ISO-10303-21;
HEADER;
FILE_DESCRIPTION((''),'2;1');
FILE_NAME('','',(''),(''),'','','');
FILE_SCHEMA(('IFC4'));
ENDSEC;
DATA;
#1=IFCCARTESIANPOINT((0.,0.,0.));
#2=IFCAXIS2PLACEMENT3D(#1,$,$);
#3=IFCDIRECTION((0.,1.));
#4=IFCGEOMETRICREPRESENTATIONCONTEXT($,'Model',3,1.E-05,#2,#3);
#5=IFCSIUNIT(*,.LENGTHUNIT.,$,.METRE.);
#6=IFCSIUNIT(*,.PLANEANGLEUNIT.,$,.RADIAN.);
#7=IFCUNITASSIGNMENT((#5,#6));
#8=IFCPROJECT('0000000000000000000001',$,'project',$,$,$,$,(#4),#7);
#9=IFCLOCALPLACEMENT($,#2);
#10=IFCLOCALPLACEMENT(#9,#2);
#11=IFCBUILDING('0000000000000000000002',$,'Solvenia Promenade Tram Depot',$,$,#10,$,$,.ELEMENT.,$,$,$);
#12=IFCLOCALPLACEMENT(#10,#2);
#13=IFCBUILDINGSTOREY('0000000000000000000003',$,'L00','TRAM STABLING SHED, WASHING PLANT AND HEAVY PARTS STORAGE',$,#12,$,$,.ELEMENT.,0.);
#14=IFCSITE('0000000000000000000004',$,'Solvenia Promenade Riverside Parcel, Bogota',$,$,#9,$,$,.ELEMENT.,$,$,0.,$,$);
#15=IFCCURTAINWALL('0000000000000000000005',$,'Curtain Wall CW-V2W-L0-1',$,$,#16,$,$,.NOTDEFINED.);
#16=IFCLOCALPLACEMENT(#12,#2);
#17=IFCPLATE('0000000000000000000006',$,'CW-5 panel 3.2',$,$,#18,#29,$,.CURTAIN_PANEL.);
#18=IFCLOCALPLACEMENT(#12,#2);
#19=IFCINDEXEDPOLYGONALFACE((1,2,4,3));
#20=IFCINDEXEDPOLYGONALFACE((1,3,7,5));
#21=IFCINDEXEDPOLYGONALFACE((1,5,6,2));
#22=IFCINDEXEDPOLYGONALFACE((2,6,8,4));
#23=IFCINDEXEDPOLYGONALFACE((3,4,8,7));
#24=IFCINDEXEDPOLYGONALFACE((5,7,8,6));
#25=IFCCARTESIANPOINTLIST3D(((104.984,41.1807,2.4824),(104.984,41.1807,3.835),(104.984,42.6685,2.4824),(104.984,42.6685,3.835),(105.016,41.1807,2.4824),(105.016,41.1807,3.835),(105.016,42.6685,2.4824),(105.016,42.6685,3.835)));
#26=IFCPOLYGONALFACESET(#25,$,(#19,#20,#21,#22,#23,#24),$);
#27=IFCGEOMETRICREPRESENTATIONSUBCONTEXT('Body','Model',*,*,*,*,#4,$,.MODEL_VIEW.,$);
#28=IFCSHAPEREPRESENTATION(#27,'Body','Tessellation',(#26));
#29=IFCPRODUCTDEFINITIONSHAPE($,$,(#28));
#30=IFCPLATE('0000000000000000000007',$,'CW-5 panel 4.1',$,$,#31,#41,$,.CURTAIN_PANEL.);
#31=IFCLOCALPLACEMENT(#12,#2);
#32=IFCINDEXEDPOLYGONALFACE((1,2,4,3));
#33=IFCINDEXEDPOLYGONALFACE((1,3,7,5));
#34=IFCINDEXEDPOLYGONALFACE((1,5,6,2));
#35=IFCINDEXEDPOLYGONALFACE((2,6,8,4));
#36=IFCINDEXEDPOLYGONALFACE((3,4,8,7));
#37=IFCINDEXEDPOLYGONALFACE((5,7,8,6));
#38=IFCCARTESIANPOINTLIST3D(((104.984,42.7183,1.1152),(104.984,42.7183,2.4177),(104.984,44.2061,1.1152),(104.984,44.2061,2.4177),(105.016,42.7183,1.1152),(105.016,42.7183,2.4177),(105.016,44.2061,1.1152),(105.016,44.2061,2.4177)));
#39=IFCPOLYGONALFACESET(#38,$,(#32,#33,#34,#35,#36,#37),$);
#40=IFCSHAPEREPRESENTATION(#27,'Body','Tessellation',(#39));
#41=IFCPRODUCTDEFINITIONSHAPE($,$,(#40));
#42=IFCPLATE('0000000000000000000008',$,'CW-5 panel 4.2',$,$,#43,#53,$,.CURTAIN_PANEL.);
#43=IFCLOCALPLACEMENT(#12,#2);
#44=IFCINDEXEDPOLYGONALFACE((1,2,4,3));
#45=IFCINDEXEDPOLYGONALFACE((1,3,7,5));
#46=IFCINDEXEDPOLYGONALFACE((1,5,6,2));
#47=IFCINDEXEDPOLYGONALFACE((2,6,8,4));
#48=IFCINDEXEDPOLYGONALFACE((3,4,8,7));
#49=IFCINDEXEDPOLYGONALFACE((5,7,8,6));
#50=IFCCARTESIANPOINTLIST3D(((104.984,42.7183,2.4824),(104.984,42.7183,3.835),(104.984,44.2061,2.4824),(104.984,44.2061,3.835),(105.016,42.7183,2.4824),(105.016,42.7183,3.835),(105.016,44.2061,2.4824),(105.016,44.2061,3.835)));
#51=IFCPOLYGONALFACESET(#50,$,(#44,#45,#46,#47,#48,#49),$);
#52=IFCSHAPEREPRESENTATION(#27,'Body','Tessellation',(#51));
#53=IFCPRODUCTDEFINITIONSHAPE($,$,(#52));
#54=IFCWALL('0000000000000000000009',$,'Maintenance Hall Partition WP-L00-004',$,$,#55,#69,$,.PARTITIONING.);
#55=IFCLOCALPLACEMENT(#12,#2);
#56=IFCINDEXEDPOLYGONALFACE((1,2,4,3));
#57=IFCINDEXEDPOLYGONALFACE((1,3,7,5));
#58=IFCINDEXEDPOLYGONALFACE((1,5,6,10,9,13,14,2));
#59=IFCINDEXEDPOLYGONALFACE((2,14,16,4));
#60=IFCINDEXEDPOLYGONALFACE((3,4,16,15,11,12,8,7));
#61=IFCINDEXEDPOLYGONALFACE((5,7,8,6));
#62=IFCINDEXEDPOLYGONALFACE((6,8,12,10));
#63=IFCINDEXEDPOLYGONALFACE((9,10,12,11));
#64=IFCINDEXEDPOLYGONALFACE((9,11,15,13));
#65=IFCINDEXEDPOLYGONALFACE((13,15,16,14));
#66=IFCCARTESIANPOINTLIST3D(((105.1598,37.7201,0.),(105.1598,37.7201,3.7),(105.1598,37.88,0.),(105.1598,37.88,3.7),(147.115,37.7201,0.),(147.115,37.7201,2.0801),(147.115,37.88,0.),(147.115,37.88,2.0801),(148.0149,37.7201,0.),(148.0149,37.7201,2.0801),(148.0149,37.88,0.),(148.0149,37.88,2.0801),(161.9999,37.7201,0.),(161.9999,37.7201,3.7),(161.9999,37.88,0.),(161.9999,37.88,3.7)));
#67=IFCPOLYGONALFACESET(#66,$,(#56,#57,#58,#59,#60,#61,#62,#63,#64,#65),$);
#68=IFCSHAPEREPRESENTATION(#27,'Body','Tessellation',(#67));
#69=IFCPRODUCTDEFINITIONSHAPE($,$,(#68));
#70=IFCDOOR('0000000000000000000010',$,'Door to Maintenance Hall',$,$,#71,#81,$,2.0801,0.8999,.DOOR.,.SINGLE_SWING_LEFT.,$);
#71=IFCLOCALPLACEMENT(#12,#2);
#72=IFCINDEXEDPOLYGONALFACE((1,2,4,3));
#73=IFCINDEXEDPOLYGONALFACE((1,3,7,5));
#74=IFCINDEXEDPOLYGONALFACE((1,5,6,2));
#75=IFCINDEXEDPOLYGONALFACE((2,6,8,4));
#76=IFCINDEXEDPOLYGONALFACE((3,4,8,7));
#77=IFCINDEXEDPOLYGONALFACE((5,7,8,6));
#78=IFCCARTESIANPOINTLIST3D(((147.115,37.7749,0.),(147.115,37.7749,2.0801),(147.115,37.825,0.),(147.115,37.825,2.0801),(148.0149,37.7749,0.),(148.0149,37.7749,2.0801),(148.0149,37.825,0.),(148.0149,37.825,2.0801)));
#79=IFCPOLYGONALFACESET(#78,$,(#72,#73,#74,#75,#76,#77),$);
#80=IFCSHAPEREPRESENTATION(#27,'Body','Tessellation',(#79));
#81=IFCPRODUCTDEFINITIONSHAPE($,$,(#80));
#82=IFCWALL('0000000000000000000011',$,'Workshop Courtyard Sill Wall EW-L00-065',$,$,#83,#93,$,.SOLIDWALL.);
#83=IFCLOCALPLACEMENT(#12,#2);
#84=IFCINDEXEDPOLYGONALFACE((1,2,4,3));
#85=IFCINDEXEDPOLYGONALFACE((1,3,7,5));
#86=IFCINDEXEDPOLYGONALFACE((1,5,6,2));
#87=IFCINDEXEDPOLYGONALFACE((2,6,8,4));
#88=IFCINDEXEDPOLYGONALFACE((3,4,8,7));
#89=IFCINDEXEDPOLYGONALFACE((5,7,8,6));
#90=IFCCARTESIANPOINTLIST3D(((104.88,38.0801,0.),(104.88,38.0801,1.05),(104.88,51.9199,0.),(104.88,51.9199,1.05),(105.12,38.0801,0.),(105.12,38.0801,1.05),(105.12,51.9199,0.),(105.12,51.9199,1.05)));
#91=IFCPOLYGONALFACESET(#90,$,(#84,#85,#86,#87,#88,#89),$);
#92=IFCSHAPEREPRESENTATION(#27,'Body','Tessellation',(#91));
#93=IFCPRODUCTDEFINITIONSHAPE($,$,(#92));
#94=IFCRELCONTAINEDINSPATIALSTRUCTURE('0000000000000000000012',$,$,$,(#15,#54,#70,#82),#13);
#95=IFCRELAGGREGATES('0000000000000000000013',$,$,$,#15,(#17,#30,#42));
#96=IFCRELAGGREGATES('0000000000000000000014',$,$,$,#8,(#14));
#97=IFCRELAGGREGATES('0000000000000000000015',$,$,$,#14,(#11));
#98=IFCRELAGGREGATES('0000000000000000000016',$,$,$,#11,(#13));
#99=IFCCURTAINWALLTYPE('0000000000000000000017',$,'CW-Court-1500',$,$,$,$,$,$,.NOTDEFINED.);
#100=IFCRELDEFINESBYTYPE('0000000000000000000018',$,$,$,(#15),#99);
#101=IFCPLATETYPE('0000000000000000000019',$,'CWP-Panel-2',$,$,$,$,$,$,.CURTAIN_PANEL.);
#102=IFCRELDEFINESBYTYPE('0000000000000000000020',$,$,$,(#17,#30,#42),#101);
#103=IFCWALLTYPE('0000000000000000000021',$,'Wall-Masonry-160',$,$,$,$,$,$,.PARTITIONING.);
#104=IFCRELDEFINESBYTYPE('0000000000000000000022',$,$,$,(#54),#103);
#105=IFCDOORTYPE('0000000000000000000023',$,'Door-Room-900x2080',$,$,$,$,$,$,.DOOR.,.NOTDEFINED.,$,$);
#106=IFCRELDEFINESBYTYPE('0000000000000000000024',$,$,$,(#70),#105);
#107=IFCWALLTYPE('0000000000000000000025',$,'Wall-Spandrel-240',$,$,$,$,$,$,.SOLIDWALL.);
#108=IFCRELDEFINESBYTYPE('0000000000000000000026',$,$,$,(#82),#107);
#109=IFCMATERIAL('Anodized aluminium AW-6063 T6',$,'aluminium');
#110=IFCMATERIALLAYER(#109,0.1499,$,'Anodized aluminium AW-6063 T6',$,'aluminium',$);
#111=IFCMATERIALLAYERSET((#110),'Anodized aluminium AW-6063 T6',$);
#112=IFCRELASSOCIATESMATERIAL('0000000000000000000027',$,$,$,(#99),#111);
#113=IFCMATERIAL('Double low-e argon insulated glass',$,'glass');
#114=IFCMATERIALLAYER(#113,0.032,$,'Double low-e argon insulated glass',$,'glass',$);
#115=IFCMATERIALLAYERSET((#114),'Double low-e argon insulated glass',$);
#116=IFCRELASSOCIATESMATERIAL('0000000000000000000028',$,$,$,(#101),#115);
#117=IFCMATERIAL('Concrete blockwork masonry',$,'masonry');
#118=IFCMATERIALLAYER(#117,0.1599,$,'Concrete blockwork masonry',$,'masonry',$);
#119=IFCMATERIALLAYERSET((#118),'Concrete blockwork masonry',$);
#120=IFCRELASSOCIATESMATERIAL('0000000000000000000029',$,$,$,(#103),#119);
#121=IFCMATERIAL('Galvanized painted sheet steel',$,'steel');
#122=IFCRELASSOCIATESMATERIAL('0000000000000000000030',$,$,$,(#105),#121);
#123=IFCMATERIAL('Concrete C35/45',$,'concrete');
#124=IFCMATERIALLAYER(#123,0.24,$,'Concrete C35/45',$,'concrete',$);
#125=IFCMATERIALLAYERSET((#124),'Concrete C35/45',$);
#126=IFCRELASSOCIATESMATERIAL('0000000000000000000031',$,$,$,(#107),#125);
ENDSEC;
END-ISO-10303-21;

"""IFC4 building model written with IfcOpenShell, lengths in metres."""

from ifc_helpers import new_model, si_unit, direction, frame, frame_2d, origin, origin_2d, place, context, subcontext, project, spatial, rectangle, extrude, material, layer, layer_set, type_object, element, fill, aggregate, save


model = new_model("IFC4")

# Units and contexts
model_context = context("Model", 3, precision=1e-05, world=origin(), true_north=direction((0.0, 1.0)))
body_context = subcontext(model_context, "Body", "Model", "MODEL_VIEW")
ifc_project = project(units=[si_unit("LENGTHUNIT", "METRE"), si_unit("PLANEANGLEUNIT", "RADIAN")], contexts=[model_context])

# Site, building, storey
site_placement = place(None, origin())
site = spatial("IfcSite", under=ifc_project, at=site_placement, Name="Solvenia Promenade Riverside Parcel, Bogota", CompositionType="ELEMENT", RefElevation=0.0)
building_placement = place(site_placement, origin())
building = spatial("IfcBuilding", under=site, at=building_placement, Name="Solvenia Promenade Tram Depot", CompositionType="ELEMENT")
storey_placement = place(building_placement, origin())
storey = spatial("IfcBuildingStorey", under=building, at=storey_placement, Name="L00", Description="TRAM STABLING SHED, WASHING PLANT AND HEAVY PARTS STORAGE", CompositionType="ELEMENT", Elevation=0.0)

# Curtain wall, plates
ifc_material_1 = material(Name="Anodized aluminium AW-6063 T6", Category="aluminium")
ifc_layer_1 = layer(ifc_material_1, 0.1499, Name="Anodized aluminium AW-6063 T6", Category="aluminium")
ifc_layer_set_1 = layer_set([ifc_layer_1], Name="Anodized aluminium AW-6063 T6")
curtain_wall_type = type_object("IfcCurtainWallType", Name="CW-Court-1500", PredefinedType="NOTDEFINED", material=ifc_layer_set_1)
curtain_wall_placement = place(storey_placement, origin())
curtain_wall = element("IfcCurtainWall", 1, at=curtain_wall_placement, inside=storey, type_object=curtain_wall_type, Name="Curtain Wall CW-V2W-L0-1", PredefinedType="NOTDEFINED")
ifc_material_2 = material(Name="Double low-e argon insulated glass", Category="glass")
ifc_layer_2 = layer(ifc_material_2, 0.032, Name="Double low-e argon insulated glass", Category="glass")
ifc_layer_set_2 = layer_set([ifc_layer_2], Name="Double low-e argon insulated glass")
plate_type = type_object("IfcPlateType", Name="CWP-Panel-2", PredefinedType="CURTAIN_PANEL", material=ifc_layer_set_2)
plate_1_placement = place(storey_placement, frame((105.0, 41.9246, 2.4824), z_axis=(0.0, 0.0, 1.0), x_axis=(0.0, 1.0, 0.0)))
plate_1 = element("IfcPlate", 2, at=plate_1_placement, type_object=plate_type, Name="CW-5 panel 3.2", PredefinedType="CURTAIN_PANEL", context=body_context, shape_type="SweptSolid", body=[
    extrude(rectangle(XDim=1.4878, YDim=0.032, at=origin_2d()), origin(), (0.0, 0.0, 1.0), 1.3525),
])
plate_2_placement = place(storey_placement, frame((105.0, 43.4622, 1.1152), z_axis=(0.0, 0.0, 1.0), x_axis=(0.0, 1.0, 0.0)))
plate_2 = element("IfcPlate", 3, at=plate_2_placement, type_object=plate_type, Name="CW-5 panel 4.1", PredefinedType="CURTAIN_PANEL", context=body_context, shape_type="SweptSolid", body=[
    extrude(rectangle(XDim=1.4878, YDim=0.032, at=origin_2d()), origin(), (0.0, 0.0, 1.0), 1.3025),
])
plate_3_placement = place(storey_placement, frame((105.0, 43.4622, 2.4824), z_axis=(0.0, 0.0, 1.0), x_axis=(0.0, 1.0, 0.0)))
plate_3 = element("IfcPlate", 4, at=plate_3_placement, type_object=plate_type, Name="CW-5 panel 4.2", PredefinedType="CURTAIN_PANEL", context=body_context, shape_type="SweptSolid", body=[
    extrude(rectangle(XDim=1.4878, YDim=0.032, at=origin_2d()), origin(), (0.0, 0.0, 1.0), 1.3525),
])
aggregate(curtain_wall, [plate_1, plate_2, plate_3])

# Wall, opening, door
ifc_material_3 = material(Name="Concrete blockwork masonry", Category="masonry")
ifc_layer_3 = layer(ifc_material_3, 0.1599, Name="Concrete blockwork masonry", Category="masonry")
ifc_layer_set_3 = layer_set([ifc_layer_3], Name="Concrete blockwork masonry")
wall_type_1 = type_object("IfcWallType", Name="Wall-Masonry-160", PredefinedType="PARTITIONING", material=ifc_layer_set_3)
wall_1_placement = place(storey_placement, frame((105.1599, 37.8, 0.0), z_axis=(0.0, 0.0, 1.0), x_axis=(1.0, 0.0, 0.0)))
wall_1 = element("IfcWall", 5, at=wall_1_placement, inside=storey, type_object=wall_type_1, Name="Maintenance Hall Partition WP-L00-004", PredefinedType="PARTITIONING", context=body_context, shape_type="SweptSolid", body=[
    extrude(rectangle(XDim=56.8401, YDim=0.1599, at=frame_2d((28.4199, 0.0))), origin(), (0.0, 0.0, 1.0), 3.7),
])
opening_placement = place(wall_1_placement, frame((41.9551, 0.0, 0.0)))
opening = element("IfcOpeningElement", 6, at=opening_placement, cuts=wall_1, PredefinedType="OPENING", context=body_context, shape_type="SweptSolid", body=[
    extrude(rectangle(XDim=0.8999, YDim=2.0801, at=frame_2d((0.45, 1.04))), frame((0.0, 0.0898, 0.0), z_axis=(0.0, -1.0, 0.0), x_axis=(1.0, 0.0, 0.0)), (0.0, 0.0, 1.0), 0.1799),
])
ifc_material_4 = material(Name="Galvanized painted sheet steel", Category="steel")
door_type = type_object("IfcDoorType", Name="Door-Room-900x2080", OperationType="NOTDEFINED", PredefinedType="DOOR", material=ifc_material_4)
door_placement = place(opening_placement, origin())
door = element("IfcDoor", 7, at=door_placement, inside=storey, type_object=door_type, Name="Door to Maintenance Hall", OperationType="SINGLE_SWING_LEFT", OverallHeight=2.0801, OverallWidth=0.8999, PredefinedType="DOOR", context=body_context, shape_type="SweptSolid", body=[
    extrude(rectangle(XDim=0.8999, YDim=2.0801, at=frame_2d((0.45, 1.04))), frame((0.0, 0.0249, 0.0), z_axis=(0.0, -1.0, 0.0), x_axis=(1.0, 0.0, 0.0)), (0.0, 0.0, 1.0), 0.05),
])
fill(opening, door)

# Wall
ifc_material_5 = material(Name="Concrete C35/45", Category="concrete")
ifc_layer_4 = layer(ifc_material_5, 0.24, Name="Concrete C35/45", Category="concrete")
ifc_layer_set_4 = layer_set([ifc_layer_4], Name="Concrete C35/45")
wall_type_2 = type_object("IfcWallType", Name="Wall-Spandrel-240", PredefinedType="SOLIDWALL", material=ifc_layer_set_4)
wall_2_placement = place(storey_placement, frame((105.0, 38.0801, 0.0), z_axis=(0.0, 0.0, 1.0), x_axis=(0.0, 1.0, 0.0)))
element("IfcWall", 8, at=wall_2_placement, inside=storey, type_object=wall_type_2, Name="Workshop Courtyard Sill Wall EW-L00-065", PredefinedType="SOLIDWALL", context=body_context, shape_type="SweptSolid", body=[
    extrude(rectangle(XDim=13.8398, YDim=0.24, at=frame_2d((6.9199, 0.0))), origin(), (0.0, 0.0, 1.0), 1.05),
])

save(model, "model.ifc")
